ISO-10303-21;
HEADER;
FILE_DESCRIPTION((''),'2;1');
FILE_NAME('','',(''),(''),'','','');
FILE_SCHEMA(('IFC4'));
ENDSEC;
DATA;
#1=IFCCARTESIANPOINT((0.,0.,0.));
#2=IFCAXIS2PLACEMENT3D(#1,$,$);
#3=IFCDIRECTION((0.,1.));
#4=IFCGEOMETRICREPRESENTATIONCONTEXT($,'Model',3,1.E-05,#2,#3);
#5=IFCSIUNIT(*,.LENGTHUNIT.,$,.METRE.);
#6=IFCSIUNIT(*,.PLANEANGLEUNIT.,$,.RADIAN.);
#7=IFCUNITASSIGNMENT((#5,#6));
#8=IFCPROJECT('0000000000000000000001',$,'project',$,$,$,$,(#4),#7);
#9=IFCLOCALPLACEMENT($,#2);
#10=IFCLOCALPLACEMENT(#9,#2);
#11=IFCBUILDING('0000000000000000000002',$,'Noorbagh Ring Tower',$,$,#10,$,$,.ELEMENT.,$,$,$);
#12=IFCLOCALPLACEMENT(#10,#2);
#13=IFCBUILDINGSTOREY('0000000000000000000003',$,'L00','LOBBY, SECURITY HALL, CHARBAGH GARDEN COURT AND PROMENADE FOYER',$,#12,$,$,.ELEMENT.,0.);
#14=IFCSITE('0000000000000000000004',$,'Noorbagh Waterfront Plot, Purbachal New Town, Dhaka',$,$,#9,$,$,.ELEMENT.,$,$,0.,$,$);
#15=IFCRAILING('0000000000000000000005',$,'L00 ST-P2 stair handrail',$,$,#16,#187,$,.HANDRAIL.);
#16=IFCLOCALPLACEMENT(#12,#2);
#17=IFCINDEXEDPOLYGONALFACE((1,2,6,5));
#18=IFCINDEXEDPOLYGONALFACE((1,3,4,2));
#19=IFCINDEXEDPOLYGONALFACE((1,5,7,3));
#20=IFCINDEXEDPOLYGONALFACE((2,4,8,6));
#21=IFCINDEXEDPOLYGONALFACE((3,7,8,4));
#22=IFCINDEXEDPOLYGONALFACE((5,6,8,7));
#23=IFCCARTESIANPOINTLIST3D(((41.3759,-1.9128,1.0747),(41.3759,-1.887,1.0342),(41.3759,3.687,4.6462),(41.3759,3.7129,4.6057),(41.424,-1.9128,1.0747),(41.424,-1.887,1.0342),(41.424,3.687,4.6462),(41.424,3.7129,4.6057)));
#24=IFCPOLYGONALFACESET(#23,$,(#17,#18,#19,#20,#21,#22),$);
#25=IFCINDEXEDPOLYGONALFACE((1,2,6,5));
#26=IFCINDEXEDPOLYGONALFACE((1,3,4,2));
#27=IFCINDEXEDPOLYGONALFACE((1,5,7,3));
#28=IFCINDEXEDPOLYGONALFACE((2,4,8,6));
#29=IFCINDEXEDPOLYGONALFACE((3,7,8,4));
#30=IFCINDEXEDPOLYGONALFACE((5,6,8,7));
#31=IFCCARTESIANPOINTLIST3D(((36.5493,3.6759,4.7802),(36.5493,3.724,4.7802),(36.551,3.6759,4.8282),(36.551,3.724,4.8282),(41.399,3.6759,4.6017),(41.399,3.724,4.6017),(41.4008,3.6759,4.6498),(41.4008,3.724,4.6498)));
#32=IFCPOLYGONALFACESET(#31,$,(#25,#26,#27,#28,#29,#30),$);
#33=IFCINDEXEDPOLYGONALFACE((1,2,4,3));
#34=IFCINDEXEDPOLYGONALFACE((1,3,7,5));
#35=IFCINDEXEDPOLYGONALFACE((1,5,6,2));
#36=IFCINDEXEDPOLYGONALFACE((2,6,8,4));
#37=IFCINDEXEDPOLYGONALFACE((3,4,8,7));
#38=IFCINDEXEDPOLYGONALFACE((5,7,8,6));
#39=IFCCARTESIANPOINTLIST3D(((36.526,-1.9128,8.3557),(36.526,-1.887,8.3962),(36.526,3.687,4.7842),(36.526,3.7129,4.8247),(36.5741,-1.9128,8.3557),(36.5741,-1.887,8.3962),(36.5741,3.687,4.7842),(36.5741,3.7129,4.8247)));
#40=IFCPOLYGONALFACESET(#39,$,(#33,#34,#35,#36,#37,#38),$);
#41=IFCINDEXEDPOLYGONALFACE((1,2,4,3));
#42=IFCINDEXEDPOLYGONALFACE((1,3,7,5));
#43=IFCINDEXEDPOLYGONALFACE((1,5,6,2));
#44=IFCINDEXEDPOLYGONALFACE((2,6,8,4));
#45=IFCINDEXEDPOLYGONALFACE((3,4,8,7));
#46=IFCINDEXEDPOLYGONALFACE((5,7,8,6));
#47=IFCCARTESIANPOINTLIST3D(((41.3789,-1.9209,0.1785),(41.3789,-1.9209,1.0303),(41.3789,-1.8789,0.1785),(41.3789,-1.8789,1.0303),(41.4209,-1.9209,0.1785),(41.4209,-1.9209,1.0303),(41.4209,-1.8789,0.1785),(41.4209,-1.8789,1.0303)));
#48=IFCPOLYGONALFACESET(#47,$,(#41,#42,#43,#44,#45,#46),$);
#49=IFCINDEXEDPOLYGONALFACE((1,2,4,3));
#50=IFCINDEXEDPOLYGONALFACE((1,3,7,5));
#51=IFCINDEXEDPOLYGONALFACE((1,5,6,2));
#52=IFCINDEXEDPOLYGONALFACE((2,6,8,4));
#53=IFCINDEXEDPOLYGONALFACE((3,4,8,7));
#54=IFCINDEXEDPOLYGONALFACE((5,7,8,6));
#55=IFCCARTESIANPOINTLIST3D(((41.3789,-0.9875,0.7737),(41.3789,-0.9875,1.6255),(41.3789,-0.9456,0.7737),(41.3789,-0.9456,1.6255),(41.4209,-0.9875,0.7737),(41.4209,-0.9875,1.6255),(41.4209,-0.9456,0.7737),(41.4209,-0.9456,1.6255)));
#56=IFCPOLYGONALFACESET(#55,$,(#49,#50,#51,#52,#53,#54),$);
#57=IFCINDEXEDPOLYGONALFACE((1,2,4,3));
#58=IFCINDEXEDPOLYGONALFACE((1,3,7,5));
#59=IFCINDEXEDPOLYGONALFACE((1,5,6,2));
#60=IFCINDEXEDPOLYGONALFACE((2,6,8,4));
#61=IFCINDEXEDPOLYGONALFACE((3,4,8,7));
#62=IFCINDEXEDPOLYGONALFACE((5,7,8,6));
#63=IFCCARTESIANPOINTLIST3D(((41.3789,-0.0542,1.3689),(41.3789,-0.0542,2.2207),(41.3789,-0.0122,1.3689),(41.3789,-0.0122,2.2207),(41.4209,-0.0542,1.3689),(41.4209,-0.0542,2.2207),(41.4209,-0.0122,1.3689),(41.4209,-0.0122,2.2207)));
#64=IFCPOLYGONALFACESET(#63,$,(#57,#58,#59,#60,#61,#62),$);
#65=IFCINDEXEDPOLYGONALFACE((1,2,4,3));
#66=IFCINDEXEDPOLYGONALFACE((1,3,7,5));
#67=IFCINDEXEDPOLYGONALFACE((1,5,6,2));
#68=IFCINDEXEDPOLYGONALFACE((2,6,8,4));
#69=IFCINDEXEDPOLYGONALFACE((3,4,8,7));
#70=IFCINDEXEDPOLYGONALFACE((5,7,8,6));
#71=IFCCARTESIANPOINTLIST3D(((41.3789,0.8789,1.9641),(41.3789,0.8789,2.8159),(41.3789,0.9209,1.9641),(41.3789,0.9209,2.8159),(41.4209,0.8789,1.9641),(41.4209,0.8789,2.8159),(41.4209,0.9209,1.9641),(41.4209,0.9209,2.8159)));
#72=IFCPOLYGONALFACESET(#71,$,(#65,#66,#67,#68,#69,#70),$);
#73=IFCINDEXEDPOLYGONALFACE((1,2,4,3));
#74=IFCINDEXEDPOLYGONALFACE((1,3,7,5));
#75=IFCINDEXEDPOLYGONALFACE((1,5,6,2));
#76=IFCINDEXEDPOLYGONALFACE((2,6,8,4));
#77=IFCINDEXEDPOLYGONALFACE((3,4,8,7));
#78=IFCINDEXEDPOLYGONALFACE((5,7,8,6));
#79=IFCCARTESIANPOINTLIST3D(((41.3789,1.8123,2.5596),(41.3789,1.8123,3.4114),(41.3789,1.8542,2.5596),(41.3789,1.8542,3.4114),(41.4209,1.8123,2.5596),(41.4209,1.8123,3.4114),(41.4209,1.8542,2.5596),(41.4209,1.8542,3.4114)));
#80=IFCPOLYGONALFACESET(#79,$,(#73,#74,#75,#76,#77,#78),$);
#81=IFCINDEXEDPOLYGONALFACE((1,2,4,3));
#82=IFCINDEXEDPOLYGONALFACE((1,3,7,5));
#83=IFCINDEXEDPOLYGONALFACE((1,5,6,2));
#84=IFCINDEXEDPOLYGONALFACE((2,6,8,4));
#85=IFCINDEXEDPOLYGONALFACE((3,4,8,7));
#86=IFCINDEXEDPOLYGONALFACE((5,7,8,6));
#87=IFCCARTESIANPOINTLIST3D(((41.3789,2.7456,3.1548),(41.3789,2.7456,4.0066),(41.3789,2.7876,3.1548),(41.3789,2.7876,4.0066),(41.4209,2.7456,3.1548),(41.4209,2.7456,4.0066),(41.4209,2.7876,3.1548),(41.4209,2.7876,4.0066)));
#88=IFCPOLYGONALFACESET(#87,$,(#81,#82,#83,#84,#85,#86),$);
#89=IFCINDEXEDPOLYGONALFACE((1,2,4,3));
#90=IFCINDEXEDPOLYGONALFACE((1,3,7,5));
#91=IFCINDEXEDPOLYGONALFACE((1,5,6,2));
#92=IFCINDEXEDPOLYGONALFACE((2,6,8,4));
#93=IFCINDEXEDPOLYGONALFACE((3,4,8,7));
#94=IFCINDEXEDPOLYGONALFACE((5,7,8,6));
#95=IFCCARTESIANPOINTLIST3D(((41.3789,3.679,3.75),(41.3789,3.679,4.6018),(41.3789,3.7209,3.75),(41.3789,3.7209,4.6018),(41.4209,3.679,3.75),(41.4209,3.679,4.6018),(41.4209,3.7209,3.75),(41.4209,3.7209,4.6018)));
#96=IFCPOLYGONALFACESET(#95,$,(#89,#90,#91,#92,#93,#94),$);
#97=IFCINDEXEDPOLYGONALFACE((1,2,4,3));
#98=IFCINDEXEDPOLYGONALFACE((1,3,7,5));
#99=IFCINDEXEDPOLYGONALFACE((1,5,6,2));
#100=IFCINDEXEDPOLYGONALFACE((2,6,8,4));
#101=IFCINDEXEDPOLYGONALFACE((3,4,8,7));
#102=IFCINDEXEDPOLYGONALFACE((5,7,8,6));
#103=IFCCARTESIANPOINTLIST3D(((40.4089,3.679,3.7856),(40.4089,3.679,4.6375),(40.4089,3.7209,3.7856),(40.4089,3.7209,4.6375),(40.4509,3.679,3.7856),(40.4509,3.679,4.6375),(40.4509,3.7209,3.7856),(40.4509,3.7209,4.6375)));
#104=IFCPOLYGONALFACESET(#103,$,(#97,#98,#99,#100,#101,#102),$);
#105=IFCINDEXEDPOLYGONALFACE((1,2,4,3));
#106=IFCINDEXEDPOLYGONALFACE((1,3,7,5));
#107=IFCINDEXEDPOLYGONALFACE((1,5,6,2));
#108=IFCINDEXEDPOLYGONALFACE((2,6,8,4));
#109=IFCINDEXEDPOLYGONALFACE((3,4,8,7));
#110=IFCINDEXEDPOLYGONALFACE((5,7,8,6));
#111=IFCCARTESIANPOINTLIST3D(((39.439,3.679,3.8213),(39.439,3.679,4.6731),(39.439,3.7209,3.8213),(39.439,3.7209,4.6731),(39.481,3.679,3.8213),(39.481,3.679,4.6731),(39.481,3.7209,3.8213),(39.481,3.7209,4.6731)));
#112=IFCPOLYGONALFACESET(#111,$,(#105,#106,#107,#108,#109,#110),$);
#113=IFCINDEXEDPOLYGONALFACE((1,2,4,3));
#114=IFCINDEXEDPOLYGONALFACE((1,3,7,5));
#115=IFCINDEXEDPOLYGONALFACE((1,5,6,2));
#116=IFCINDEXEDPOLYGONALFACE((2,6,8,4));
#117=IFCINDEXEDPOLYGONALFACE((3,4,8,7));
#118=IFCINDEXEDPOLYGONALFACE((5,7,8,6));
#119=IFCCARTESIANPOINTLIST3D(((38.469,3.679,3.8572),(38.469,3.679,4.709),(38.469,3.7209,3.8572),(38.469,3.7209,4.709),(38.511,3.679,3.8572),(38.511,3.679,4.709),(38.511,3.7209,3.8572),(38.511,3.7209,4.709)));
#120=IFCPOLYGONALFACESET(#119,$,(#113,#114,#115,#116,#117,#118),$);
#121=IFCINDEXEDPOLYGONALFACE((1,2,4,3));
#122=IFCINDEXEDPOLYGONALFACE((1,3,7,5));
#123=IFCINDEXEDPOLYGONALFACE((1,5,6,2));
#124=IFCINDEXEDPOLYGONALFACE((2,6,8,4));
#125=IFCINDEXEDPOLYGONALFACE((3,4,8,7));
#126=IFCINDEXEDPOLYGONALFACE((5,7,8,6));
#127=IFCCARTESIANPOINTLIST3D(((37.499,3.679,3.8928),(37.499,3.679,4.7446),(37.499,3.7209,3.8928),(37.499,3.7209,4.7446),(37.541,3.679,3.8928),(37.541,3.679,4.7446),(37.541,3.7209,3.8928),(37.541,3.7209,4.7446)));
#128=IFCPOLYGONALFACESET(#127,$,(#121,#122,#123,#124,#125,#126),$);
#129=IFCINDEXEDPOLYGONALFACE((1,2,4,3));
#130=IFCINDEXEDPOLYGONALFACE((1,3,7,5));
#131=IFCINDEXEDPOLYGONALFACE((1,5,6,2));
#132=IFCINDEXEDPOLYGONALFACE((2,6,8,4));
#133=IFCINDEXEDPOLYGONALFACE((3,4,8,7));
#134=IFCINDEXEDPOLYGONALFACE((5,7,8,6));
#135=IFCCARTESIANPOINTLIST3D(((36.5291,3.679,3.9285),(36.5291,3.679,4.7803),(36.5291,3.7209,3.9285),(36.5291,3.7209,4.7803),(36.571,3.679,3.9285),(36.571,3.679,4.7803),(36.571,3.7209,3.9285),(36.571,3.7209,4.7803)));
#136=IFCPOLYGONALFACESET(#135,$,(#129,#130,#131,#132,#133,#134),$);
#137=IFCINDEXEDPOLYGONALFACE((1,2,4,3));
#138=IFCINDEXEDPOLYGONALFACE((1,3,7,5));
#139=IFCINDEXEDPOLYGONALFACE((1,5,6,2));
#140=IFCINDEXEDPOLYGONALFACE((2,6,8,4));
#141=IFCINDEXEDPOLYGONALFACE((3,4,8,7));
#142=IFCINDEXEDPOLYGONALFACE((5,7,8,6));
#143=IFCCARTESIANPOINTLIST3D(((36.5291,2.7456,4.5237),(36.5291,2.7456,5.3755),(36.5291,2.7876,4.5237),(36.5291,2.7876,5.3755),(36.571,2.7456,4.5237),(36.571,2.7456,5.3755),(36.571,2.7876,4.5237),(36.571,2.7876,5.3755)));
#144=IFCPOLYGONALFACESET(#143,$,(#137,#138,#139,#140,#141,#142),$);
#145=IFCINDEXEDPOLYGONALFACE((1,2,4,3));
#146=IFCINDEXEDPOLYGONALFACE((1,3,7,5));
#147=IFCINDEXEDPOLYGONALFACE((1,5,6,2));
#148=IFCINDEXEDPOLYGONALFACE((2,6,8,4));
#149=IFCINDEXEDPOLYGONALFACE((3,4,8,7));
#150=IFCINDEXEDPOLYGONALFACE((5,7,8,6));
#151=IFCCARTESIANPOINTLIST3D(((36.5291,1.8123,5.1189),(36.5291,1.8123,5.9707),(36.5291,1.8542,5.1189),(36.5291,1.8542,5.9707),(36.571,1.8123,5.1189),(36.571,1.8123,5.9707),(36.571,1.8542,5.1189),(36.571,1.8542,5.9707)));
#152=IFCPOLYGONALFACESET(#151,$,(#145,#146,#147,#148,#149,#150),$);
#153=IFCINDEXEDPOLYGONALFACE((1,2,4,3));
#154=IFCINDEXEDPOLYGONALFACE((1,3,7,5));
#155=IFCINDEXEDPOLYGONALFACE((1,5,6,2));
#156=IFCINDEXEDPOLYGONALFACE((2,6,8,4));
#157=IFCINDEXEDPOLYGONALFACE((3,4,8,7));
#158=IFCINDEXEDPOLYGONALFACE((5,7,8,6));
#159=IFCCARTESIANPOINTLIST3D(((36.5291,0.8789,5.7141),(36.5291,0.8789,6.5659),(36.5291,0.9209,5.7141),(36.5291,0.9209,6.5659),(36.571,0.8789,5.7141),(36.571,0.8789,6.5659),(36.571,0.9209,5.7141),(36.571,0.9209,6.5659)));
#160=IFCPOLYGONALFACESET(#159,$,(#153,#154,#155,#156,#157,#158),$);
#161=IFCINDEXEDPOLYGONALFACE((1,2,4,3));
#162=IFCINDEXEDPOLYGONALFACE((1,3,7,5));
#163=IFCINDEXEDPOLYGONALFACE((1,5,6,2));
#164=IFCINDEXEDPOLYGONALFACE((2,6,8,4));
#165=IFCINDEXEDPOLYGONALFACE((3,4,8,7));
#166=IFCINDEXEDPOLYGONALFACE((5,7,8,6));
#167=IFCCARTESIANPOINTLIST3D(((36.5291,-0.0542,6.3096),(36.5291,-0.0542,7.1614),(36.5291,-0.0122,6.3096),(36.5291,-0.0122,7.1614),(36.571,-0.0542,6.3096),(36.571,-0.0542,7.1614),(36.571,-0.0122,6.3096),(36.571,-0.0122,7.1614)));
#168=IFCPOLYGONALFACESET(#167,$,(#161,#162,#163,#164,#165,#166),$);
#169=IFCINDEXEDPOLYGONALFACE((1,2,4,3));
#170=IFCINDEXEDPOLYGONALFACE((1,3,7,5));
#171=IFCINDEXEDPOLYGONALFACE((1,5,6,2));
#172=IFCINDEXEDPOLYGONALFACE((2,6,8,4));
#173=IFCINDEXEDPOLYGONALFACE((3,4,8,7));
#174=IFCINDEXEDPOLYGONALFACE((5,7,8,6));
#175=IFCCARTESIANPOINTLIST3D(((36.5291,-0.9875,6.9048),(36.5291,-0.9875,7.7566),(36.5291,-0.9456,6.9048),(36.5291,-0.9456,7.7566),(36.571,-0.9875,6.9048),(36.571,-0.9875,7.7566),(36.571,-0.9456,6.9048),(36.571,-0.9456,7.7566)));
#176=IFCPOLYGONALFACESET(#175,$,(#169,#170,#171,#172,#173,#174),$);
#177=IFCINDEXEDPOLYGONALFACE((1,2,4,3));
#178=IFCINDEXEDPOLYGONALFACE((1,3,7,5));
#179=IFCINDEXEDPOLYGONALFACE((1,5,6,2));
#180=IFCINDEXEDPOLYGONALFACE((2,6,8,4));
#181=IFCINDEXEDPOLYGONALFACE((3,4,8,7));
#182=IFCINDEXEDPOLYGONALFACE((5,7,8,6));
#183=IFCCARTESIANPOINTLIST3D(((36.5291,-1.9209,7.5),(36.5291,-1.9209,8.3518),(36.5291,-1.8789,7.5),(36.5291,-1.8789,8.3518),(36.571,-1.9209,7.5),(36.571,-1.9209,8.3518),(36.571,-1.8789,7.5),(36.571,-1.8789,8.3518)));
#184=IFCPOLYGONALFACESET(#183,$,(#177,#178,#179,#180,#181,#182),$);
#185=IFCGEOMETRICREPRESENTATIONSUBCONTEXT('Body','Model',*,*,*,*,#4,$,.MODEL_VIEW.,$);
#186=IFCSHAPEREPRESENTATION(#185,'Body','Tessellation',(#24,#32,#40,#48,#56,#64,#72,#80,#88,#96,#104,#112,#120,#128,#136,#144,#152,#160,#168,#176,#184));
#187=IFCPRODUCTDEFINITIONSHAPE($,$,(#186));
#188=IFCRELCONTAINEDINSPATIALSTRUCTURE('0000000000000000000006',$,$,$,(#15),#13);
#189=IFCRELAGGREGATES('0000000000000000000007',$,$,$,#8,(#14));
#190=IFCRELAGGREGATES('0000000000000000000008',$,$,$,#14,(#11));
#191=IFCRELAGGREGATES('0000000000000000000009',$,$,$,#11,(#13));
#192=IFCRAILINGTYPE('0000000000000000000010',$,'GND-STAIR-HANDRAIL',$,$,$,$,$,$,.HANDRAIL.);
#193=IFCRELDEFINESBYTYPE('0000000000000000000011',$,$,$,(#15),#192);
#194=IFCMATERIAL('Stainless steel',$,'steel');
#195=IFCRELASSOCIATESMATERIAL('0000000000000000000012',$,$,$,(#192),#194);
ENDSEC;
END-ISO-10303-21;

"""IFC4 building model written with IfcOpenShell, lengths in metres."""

from ifc_helpers import new_model, si_unit, direction, frame, origin, origin_2d, place, context, subcontext, project, spatial, rectangle, extrude, material, type_object, element, save


model = new_model("IFC4")

# Units and contexts
model_context = context("Model", 3, precision=1e-05, world=origin(), true_north=direction((0.0, 1.0)))
body_context = subcontext(model_context, "Body", "Model", "MODEL_VIEW")
ifc_project = project(units=[si_unit("LENGTHUNIT", "METRE"), si_unit("PLANEANGLEUNIT", "RADIAN")], contexts=[model_context])

# Site, building, storey
site_placement = place(None, origin())
site = spatial("IfcSite", under=ifc_project, at=site_placement, Name="Noorbagh Waterfront Plot, Purbachal New Town, Dhaka", CompositionType="ELEMENT", RefElevation=0.0)
building_placement = place(site_placement, origin())
building = spatial("IfcBuilding", under=site, at=building_placement, Name="Noorbagh Ring Tower", CompositionType="ELEMENT")
storey_placement = place(building_placement, origin())
storey = spatial("IfcBuildingStorey", under=building, at=storey_placement, Name="L00", Description="LOBBY, SECURITY HALL, CHARBAGH GARDEN COURT AND PROMENADE FOYER", CompositionType="ELEMENT", Elevation=0.0)

# Railing
ifc_material_1 = material(Name="Stainless steel", Category="steel")
railing_type_1 = type_object("IfcRailingType", Name="GND-STAIR-HANDRAIL", PredefinedType="HANDRAIL", material=ifc_material_1)
railing_1_placement = place(storey_placement, frame((41.3999, -1.8999, 0.1785)))
element("IfcRailing", 1, at=railing_1_placement, inside=storey, type_object=railing_type_1, Name="L00 ST-P2 stair handrail", PredefinedType="HANDRAIL", context=body_context, shape_type="SweptSolid", body=[
    extrude(rectangle(XDim=0.0481, YDim=0.0481, at=origin_2d()), frame((0.0, 0.0, 0.876), z_axis=(0.0, 0.843116, 0.537731), x_axis=(-1.0, 0.0, 0.0)), (0.0, 0.0, 1.0), 6.6418),
    extrude(rectangle(XDim=0.0481, YDim=0.0481, at=origin_2d()), frame((0.0, 5.5999, 4.4473), z_axis=(-0.999324, 0.0, 0.036773), x_axis=(0.0, -1.0, 0.0)), (0.0, 0.0, 1.0), 4.853),
    extrude(rectangle(XDim=0.0481, YDim=0.0481, at=origin_2d()), frame((-4.8499, 5.5999, 4.626), z_axis=(0.0, -0.843116, 0.537731), x_axis=(1.0, 0.0, 0.0)), (0.0, 0.0, 1.0), 6.6418),
    extrude(rectangle(XDim=0.042, YDim=0.042, at=origin_2d()), origin(), (0.0, 0.0, 1.0), 0.8518),
    extrude(rectangle(XDim=0.042, YDim=0.042, at=origin_2d()), frame((0.0, 0.9333, 0.5952)), (0.0, 0.0, 1.0), 0.8518),
    extrude(rectangle(XDim=0.042, YDim=0.042, at=origin_2d()), frame((0.0, 1.8667, 1.1904)), (0.0, 0.0, 1.0), 0.8518),
    extrude(rectangle(XDim=0.042, YDim=0.042, at=origin_2d()), frame((0.0, 2.7998, 1.7856)), (0.0, 0.0, 1.0), 0.8518),
    extrude(rectangle(XDim=0.042, YDim=0.042, at=origin_2d()), frame((0.0, 3.7332, 2.3811)), (0.0, 0.0, 1.0), 0.8518),
    extrude(rectangle(XDim=0.042, YDim=0.042, at=origin_2d()), frame((0.0, 4.6665, 2.9763)), (0.0, 0.0, 1.0), 0.8518),
    extrude(rectangle(XDim=0.042, YDim=0.042, at=origin_2d()), frame((0.0, 5.5999, 3.5715)), (0.0, 0.0, 1.0), 0.8518),
    extrude(rectangle(XDim=0.042, YDim=0.042, at=origin_2d()), frame((-0.97, 5.5999, 3.6072)), (0.0, 0.0, 1.0), 0.8518),
    extrude(rectangle(XDim=0.042, YDim=0.042, at=origin_2d()), frame((-1.9399, 5.5999, 3.6428)), (0.0, 0.0, 1.0), 0.8518),
    extrude(rectangle(XDim=0.042, YDim=0.042, at=origin_2d()), frame((-2.9099, 5.5999, 3.6787)), (0.0, 0.0, 1.0), 0.8518),
    extrude(rectangle(XDim=0.042, YDim=0.042, at=origin_2d()), frame((-3.8799, 5.5999, 3.7144)), (0.0, 0.0, 1.0), 0.8518),
    extrude(rectangle(XDim=0.042, YDim=0.042, at=origin_2d()), frame((-4.8499, 5.5999, 3.75)), (0.0, 0.0, 1.0), 0.8518),
    extrude(rectangle(XDim=0.042, YDim=0.042, at=origin_2d()), frame((-4.8499, 4.6665, 4.3452)), (0.0, 0.0, 1.0), 0.8518),
    extrude(rectangle(XDim=0.042, YDim=0.042, at=origin_2d()), frame((-4.8499, 3.7332, 4.9404)), (0.0, 0.0, 1.0), 0.8518),
    extrude(rectangle(XDim=0.042, YDim=0.042, at=origin_2d()), frame((-4.8499, 2.7998, 5.5356)), (0.0, 0.0, 1.0), 0.8518),
    extrude(rectangle(XDim=0.042, YDim=0.042, at=origin_2d()), frame((-4.8499, 1.8667, 6.1311)), (0.0, 0.0, 1.0), 0.8518),
    extrude(rectangle(XDim=0.042, YDim=0.042, at=origin_2d()), frame((-4.8499, 0.9333, 6.7263)), (0.0, 0.0, 1.0), 0.8518),
    extrude(rectangle(XDim=0.042, YDim=0.042, at=origin_2d()), frame((-4.8499, 0.0, 7.3215)), (0.0, 0.0, 1.0), 0.8518),
])

save(model, "model.ifc")
